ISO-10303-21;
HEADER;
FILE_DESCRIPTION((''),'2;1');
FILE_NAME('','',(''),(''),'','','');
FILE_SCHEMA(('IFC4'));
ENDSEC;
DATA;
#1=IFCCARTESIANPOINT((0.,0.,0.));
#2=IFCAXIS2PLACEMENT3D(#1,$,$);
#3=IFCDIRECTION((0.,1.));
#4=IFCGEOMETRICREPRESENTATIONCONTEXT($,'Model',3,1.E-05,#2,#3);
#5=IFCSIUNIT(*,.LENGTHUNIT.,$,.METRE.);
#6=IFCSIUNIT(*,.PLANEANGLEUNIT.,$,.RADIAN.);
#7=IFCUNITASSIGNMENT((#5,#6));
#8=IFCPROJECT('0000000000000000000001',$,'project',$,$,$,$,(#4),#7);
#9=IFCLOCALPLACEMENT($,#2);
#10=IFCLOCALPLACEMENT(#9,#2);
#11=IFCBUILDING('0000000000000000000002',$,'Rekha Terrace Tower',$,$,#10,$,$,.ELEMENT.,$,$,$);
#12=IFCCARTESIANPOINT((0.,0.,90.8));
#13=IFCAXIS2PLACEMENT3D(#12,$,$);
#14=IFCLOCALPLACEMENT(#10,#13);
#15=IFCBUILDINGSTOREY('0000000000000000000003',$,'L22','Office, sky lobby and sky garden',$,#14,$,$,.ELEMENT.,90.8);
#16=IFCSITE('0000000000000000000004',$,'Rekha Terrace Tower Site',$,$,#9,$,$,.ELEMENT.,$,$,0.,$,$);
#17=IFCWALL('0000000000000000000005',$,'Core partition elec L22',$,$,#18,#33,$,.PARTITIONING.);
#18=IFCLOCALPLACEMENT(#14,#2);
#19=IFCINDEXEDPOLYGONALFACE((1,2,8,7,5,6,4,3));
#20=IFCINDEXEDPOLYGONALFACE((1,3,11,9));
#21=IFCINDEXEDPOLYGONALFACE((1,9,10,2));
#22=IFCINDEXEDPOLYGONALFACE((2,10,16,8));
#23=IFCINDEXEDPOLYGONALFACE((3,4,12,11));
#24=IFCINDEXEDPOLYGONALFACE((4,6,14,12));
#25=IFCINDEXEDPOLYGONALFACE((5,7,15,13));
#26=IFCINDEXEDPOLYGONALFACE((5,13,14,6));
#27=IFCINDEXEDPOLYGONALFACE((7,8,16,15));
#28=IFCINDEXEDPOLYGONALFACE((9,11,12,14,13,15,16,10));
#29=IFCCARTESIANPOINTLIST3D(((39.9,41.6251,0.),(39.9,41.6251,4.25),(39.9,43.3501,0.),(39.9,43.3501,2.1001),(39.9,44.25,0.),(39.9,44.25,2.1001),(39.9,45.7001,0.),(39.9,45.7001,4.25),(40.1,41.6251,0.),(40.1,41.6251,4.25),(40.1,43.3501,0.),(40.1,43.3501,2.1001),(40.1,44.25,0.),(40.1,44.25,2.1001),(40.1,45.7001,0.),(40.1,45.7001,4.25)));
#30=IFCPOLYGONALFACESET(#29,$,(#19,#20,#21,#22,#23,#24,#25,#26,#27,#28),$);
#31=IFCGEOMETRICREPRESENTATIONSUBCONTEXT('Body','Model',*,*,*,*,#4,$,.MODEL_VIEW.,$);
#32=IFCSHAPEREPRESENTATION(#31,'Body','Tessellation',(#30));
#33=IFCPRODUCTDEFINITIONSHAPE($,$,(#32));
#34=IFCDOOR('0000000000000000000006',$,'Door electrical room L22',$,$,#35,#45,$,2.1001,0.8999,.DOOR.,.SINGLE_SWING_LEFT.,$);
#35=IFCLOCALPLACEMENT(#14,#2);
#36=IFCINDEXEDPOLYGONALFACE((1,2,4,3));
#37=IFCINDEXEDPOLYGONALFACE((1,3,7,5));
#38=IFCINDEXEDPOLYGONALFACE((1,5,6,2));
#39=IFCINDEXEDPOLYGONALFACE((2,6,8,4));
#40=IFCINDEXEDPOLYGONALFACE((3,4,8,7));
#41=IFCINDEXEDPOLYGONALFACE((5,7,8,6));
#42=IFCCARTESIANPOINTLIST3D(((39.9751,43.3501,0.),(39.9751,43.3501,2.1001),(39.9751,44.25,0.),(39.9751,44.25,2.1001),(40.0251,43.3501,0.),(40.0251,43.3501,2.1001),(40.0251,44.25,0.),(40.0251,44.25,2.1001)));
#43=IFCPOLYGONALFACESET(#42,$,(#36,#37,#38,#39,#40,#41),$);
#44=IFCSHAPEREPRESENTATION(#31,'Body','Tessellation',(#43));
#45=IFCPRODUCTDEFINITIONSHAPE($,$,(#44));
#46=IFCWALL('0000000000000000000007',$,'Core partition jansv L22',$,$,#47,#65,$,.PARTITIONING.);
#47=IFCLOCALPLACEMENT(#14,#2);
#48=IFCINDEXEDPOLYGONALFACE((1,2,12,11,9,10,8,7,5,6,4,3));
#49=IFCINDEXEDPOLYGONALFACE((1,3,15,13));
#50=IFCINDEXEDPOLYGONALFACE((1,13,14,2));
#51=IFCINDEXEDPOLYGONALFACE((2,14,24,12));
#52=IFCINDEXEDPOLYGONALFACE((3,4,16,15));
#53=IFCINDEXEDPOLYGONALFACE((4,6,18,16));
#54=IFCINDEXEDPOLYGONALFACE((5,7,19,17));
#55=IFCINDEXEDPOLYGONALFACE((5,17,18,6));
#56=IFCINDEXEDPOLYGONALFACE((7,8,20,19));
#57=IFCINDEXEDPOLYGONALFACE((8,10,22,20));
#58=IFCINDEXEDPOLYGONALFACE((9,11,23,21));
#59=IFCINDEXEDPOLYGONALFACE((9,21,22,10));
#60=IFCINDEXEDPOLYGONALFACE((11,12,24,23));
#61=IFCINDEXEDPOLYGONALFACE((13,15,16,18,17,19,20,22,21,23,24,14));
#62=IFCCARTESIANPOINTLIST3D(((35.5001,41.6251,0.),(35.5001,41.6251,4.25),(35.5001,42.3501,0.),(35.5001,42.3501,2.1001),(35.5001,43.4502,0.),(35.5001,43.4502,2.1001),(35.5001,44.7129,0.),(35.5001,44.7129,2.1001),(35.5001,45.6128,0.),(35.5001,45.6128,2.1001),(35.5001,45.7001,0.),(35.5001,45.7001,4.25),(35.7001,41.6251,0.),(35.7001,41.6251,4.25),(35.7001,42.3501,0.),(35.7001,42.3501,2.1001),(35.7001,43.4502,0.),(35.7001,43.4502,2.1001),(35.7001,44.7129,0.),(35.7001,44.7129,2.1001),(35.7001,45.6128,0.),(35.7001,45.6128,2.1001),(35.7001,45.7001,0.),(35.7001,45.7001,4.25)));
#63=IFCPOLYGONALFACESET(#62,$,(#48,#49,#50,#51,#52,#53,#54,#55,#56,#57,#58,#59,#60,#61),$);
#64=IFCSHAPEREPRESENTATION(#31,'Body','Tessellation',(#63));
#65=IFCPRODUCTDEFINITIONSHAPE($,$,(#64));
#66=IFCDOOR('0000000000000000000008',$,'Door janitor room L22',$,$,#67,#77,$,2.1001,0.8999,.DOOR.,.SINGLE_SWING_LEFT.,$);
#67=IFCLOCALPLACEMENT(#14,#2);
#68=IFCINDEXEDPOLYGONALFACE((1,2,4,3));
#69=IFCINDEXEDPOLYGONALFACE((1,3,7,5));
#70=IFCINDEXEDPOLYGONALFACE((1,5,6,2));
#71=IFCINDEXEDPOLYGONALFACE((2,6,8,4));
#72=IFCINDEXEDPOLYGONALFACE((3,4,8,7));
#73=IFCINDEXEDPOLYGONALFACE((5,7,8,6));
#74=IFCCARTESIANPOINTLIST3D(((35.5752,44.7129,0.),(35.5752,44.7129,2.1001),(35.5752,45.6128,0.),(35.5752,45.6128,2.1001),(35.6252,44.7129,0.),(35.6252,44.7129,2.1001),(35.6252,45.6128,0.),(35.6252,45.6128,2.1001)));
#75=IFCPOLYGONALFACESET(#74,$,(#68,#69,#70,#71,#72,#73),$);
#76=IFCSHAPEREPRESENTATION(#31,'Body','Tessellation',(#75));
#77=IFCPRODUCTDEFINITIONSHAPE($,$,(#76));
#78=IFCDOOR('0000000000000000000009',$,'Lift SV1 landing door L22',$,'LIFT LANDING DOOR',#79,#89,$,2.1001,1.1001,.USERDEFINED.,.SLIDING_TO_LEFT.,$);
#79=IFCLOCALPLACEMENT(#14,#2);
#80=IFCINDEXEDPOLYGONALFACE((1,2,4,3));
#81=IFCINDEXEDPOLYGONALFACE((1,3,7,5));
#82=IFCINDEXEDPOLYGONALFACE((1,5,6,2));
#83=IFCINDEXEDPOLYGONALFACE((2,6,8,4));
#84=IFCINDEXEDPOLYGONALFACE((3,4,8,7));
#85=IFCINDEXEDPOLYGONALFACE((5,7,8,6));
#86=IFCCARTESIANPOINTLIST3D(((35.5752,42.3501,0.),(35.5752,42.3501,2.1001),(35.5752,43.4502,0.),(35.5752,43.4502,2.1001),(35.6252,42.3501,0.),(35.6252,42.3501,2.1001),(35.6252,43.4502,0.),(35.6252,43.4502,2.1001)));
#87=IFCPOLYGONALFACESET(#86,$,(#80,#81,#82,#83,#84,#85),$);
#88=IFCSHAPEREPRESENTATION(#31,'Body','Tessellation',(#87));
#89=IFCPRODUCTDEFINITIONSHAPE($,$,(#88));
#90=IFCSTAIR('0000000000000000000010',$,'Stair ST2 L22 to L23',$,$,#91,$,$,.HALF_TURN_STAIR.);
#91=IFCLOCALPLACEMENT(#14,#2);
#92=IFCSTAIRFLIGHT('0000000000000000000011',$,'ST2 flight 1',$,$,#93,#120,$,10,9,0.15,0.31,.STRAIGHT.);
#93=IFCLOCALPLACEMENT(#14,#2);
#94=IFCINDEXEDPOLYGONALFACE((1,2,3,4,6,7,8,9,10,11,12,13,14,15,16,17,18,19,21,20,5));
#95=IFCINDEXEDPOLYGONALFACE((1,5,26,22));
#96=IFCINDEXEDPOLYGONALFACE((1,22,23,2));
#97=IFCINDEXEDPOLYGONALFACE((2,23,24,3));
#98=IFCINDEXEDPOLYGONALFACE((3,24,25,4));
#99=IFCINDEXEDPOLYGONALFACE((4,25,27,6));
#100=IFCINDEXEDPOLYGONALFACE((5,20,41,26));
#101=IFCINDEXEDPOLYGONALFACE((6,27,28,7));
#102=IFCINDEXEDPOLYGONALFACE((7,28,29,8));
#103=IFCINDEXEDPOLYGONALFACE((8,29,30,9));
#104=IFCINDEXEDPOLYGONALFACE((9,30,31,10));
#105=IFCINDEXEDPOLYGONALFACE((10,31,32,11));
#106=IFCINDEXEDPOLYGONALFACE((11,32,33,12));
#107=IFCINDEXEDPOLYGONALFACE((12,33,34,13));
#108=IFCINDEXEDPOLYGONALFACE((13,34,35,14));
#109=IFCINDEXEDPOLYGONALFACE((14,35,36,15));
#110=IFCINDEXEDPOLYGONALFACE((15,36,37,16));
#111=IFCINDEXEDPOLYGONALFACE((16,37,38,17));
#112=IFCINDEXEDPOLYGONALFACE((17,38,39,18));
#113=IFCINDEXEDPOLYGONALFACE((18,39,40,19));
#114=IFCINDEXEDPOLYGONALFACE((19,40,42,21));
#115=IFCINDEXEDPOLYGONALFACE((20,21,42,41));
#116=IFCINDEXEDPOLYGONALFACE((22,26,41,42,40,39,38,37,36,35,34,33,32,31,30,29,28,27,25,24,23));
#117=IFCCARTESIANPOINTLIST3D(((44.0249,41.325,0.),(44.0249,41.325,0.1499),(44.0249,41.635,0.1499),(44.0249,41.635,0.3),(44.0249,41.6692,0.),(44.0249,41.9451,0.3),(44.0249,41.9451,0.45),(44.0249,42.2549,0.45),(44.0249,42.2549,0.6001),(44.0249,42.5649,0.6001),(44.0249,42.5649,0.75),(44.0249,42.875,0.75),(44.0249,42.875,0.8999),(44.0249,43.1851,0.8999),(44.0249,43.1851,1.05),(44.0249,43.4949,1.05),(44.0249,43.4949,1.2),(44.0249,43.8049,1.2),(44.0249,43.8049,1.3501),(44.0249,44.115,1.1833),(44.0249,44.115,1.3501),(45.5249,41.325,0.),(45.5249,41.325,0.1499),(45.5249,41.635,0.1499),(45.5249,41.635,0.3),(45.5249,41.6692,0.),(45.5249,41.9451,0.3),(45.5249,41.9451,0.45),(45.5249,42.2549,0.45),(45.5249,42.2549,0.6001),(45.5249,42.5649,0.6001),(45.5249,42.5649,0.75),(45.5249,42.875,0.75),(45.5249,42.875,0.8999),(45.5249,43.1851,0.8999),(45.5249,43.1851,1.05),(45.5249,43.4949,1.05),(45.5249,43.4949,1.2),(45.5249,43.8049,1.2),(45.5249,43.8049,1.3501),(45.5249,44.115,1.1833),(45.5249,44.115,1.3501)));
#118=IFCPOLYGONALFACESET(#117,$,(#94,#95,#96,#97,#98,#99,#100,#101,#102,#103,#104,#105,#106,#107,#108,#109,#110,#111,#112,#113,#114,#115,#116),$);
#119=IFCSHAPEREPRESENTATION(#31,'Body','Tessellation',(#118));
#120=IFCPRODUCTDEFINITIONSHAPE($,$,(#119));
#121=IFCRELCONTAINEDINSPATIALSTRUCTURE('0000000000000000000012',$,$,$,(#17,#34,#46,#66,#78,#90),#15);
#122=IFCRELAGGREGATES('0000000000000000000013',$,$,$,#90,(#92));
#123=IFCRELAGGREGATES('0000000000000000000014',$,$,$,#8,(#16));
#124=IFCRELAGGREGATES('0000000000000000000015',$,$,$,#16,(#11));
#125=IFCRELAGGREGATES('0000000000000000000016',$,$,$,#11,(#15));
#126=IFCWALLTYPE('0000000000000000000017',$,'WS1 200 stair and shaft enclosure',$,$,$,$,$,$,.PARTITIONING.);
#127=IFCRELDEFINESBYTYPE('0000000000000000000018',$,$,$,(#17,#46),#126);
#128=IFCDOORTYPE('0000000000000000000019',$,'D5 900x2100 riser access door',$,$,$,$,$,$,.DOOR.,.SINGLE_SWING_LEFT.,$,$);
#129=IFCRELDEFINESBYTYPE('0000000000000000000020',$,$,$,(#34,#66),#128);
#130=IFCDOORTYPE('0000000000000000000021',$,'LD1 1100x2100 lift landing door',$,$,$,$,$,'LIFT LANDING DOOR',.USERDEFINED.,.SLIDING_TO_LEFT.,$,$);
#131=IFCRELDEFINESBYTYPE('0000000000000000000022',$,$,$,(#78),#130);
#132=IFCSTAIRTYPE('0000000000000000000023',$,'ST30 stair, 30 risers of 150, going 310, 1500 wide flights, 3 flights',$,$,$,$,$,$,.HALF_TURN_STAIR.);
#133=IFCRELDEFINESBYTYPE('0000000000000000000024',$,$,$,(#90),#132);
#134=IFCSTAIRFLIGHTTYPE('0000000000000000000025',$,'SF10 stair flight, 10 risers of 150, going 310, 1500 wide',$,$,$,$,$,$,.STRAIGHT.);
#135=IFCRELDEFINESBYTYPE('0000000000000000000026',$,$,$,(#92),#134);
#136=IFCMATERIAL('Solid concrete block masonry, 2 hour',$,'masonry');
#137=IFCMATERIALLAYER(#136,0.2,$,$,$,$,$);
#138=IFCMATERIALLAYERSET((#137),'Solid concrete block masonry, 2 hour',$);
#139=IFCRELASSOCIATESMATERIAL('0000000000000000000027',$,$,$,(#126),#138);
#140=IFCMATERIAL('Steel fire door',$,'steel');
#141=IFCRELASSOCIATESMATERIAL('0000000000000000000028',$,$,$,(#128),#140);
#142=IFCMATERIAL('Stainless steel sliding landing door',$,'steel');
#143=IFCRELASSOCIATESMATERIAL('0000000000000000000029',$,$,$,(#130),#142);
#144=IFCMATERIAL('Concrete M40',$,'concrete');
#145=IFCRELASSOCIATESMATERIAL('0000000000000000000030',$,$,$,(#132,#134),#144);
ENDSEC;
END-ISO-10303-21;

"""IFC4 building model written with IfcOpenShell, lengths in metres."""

from ifc_helpers import new_model, si_unit, direction, frame, frame_2d, origin, place, context, subcontext, project, spatial, polyline, rectangle, outline, extrude, material, layer, layer_set, type_object, element, fill, aggregate, save


model = new_model("IFC4")

# Units and contexts
model_context = context("Model", 3, precision=1e-05, world=origin(), true_north=direction((0.0, 1.0)))
body_context = subcontext(model_context, "Body", "Model", "MODEL_VIEW")
ifc_project = project(units=[si_unit("LENGTHUNIT", "METRE"), si_unit("PLANEANGLEUNIT", "RADIAN")], contexts=[model_context])

# Site, building, storey
site_placement = place(None, origin())
site = spatial("IfcSite", under=ifc_project, at=site_placement, Name="Rekha Terrace Tower Site", CompositionType="ELEMENT", RefElevation=0.0)
building_placement = place(site_placement, origin())
building = spatial("IfcBuilding", under=site, at=building_placement, Name="Rekha Terrace Tower", CompositionType="ELEMENT")
storey_placement = place(building_placement, frame((0.0, 0.0, 90.8)))
storey = spatial("IfcBuildingStorey", under=building, at=storey_placement, Name="L22", Description="Office, sky lobby and sky garden", CompositionType="ELEMENT", Elevation=90.8)

# Shared definitions
ifc_material_1 = material(Name="Stainless steel sliding landing door", Category="steel")
ifc_material_2 = material(Name="Steel fire door", Category="steel")

# Shared definitions
ifc_material_3 = material(Name="Solid concrete block masonry, 2 hour", Category="masonry")
ifc_layer_1 = layer(ifc_material_3, 0.2)
ifc_layer_set_1 = layer_set([ifc_layer_1], Name="Solid concrete block masonry, 2 hour")
wall_type_1 = type_object("IfcWallType", Name="WS1 200 stair and shaft enclosure", PredefinedType="PARTITIONING", material=ifc_layer_set_1)

# Wall, opening, door
wall_1_placement = place(storey_placement, frame((40.0, 41.625, 0.0), z_axis=(0.0, 0.0, 1.0), x_axis=(0.0, 1.0, 0.0)))
wall_1 = element("IfcWall", 1, at=wall_1_placement, inside=storey, type_object=wall_type_1, Name="Core partition elec L22", PredefinedType="PARTITIONING", context=body_context, shape_type="SweptSolid", body=[
    extrude(rectangle(XDim=4.075, YDim=0.2, at=frame_2d((2.0376, 0.0))), origin(), (0.0, 0.0, 1.0), 4.25),
])
opening_1_placement = place(wall_1_placement, frame((1.7251, 0.0, 0.0)))
opening_1 = element("IfcOpeningElement", 2, at=opening_1_placement, cuts=wall_1, PredefinedType="OPENING", context=body_context, shape_type="SweptSolid", body=[
    extrude(rectangle(XDim=0.8999, YDim=2.1001, at=frame_2d((0.45, 1.05))), frame((0.0, 0.1099, 0.0), z_axis=(0.0, -1.0, 0.0), x_axis=(1.0, 0.0, 0.0)), (0.0, 0.0, 1.0), 0.22),
])
door_type_1 = type_object("IfcDoorType", Name="D5 900x2100 riser access door", OperationType="SINGLE_SWING_LEFT", PredefinedType="DOOR", material=ifc_material_2)
door_1_placement = place(opening_1_placement, origin())
door_1 = element("IfcDoor", 3, at=door_1_placement, inside=storey, type_object=door_type_1, Name="Door electrical room L22", OperationType="SINGLE_SWING_LEFT", OverallHeight=2.1001, OverallWidth=0.8999, PredefinedType="DOOR", context=body_context, shape_type="SweptSolid", body=[
    extrude(rectangle(XDim=0.8999, YDim=2.1001, at=frame_2d((0.45, 1.05))), frame((0.0, 0.0249, 0.0), z_axis=(0.0, -1.0, 0.0), x_axis=(1.0, 0.0, 0.0)), (0.0, 0.0, 1.0), 0.05),
])
fill(opening_1, door_1)

# Wall, openings, doors
wall_2_placement = place(storey_placement, frame((35.6001, 41.625, 0.0), z_axis=(0.0, 0.0, 1.0), x_axis=(0.0, 1.0, 0.0)))
wall_2 = element("IfcWall", 4, at=wall_2_placement, inside=storey, type_object=wall_type_1, Name="Core partition jansv L22", PredefinedType="PARTITIONING", context=body_context, shape_type="SweptSolid", body=[
    extrude(rectangle(XDim=4.075, YDim=0.2, at=frame_2d((2.0376, 0.0))), origin(), (0.0, 0.0, 1.0), 4.25),
])
opening_2_placement = place(wall_2_placement, frame((3.0879, 0.0, 0.0)))
opening_2 = element("IfcOpeningElement", 5, at=opening_2_placement, cuts=wall_2, PredefinedType="OPENING", context=body_context, shape_type="SweptSolid", body=[
    extrude(rectangle(XDim=0.8999, YDim=2.1001, at=frame_2d((0.45, 1.05))), frame((0.0, 0.1099, 0.0), z_axis=(0.0, -1.0, 0.0), x_axis=(1.0, 0.0, 0.0)), (0.0, 0.0, 1.0), 0.22),
])
opening_3_placement = place(wall_2_placement, frame((0.7251, 0.0, 0.0)))
opening_3 = element("IfcOpeningElement", 6, at=opening_3_placement, cuts=wall_2, PredefinedType="OPENING", context=body_context, shape_type="SweptSolid", body=[
    extrude(rectangle(XDim=1.1001, YDim=2.1001, at=frame_2d((0.55, 1.05))), frame((0.0, 0.1099, 0.0), z_axis=(0.0, -1.0, 0.0), x_axis=(1.0, 0.0, 0.0)), (0.0, 0.0, 1.0), 0.22),
])
door_2_placement = place(opening_2_placement, origin())
door_2 = element("IfcDoor", 7, at=door_2_placement, inside=storey, type_object=door_type_1, Name="Door janitor room L22", OperationType="SINGLE_SWING_LEFT", OverallHeight=2.1001, OverallWidth=0.8999, PredefinedType="DOOR", context=body_context, shape_type="SweptSolid", body=[
    extrude(rectangle(XDim=0.8999, YDim=2.1001, at=frame_2d((0.45, 1.05))), frame((0.0, 0.0249, 0.0), z_axis=(0.0, -1.0, 0.0), x_axis=(1.0, 0.0, 0.0)), (0.0, 0.0, 1.0), 0.05),
])
fill(opening_2, door_2)
door_type_2 = type_object("IfcDoorType", Name="LD1 1100x2100 lift landing door", ElementType="LIFT LANDING DOOR", OperationType="SLIDING_TO_LEFT", PredefinedType="USERDEFINED", material=ifc_material_1)
door_3_placement = place(opening_3_placement, origin())
door_3 = element("IfcDoor", 8, at=door_3_placement, inside=storey, type_object=door_type_2, Name="Lift SV1 landing door L22", ObjectType="LIFT LANDING DOOR", OperationType="SLIDING_TO_LEFT", OverallHeight=2.1001, OverallWidth=1.1001, PredefinedType="USERDEFINED", context=body_context, shape_type="SweptSolid", body=[
    extrude(rectangle(XDim=1.1001, YDim=2.1001, at=frame_2d((0.55, 1.05))), frame((0.0, 0.0249, 0.0), z_axis=(0.0, -1.0, 0.0), x_axis=(1.0, 0.0, 0.0)), (0.0, 0.0, 1.0), 0.05),
])
fill(opening_3, door_3)

# Stair, stair flight
ifc_material_4 = material(Name="Concrete M40", Category="concrete")
stair_type = type_object("IfcStairType", Name="ST30 stair, 30 risers of 150, going 310, 1500 wide flights, 3 flights", PredefinedType="HALF_TURN_STAIR", material=ifc_material_4)
stair_placement = place(storey_placement, origin())
stair = element("IfcStair", 9, at=stair_placement, inside=storey, type_object=stair_type, Name="Stair ST2 L22 to L23", PredefinedType="HALF_TURN_STAIR")
stair_flight_type = type_object("IfcStairFlightType", Name="SF10 stair flight, 10 risers of 150, going 310, 1500 wide", PredefinedType="STRAIGHT", material=ifc_material_4)
stair_flight_placement = place(storey_placement, frame((44.7749, 41.325, 0.0), z_axis=(0.0, 0.0, 1.0), x_axis=(0.0, 1.0, 0.0)))
stair_flight = element("IfcStairFlight", 10, at=stair_flight_placement, type_object=stair_flight_type, Name="ST2 flight 1", NumberOfRisers=10, NumberOfTreads=9, PredefinedType="STRAIGHT", RiserHeight=0.15, TreadLength=0.31, context=body_context, shape_type="SweptSolid", body=[
    extrude(outline(polyline([(0.0, 0.0), (0.0, 0.1499), (0.3101, 0.1499), (0.3101, 0.3), (0.6201, 0.3), (0.6201, 0.45), (0.9299, 0.45), (0.9299, 0.6001), (1.24, 0.6001), (1.24, 0.75), (1.55, 0.75), (1.55, 0.8999), (1.8601, 0.8999), (1.8601, 1.05), (2.1699, 1.05), (2.1699, 1.2), (2.48, 1.2), (2.48, 1.3501), (2.79, 1.3501), (2.79, 1.5), (2.79, 1.1833), (0.3442, 0.0), (0.0, 0.0)])), frame((0.0, 0.75, 0.0), z_axis=(0.0, -1.0, 0.0), x_axis=(1.0, 0.0, 0.0)), (0.0, 0.0, 1.0), 1.5),
])
aggregate(stair, [stair_flight])

save(model, "model.ifc")
